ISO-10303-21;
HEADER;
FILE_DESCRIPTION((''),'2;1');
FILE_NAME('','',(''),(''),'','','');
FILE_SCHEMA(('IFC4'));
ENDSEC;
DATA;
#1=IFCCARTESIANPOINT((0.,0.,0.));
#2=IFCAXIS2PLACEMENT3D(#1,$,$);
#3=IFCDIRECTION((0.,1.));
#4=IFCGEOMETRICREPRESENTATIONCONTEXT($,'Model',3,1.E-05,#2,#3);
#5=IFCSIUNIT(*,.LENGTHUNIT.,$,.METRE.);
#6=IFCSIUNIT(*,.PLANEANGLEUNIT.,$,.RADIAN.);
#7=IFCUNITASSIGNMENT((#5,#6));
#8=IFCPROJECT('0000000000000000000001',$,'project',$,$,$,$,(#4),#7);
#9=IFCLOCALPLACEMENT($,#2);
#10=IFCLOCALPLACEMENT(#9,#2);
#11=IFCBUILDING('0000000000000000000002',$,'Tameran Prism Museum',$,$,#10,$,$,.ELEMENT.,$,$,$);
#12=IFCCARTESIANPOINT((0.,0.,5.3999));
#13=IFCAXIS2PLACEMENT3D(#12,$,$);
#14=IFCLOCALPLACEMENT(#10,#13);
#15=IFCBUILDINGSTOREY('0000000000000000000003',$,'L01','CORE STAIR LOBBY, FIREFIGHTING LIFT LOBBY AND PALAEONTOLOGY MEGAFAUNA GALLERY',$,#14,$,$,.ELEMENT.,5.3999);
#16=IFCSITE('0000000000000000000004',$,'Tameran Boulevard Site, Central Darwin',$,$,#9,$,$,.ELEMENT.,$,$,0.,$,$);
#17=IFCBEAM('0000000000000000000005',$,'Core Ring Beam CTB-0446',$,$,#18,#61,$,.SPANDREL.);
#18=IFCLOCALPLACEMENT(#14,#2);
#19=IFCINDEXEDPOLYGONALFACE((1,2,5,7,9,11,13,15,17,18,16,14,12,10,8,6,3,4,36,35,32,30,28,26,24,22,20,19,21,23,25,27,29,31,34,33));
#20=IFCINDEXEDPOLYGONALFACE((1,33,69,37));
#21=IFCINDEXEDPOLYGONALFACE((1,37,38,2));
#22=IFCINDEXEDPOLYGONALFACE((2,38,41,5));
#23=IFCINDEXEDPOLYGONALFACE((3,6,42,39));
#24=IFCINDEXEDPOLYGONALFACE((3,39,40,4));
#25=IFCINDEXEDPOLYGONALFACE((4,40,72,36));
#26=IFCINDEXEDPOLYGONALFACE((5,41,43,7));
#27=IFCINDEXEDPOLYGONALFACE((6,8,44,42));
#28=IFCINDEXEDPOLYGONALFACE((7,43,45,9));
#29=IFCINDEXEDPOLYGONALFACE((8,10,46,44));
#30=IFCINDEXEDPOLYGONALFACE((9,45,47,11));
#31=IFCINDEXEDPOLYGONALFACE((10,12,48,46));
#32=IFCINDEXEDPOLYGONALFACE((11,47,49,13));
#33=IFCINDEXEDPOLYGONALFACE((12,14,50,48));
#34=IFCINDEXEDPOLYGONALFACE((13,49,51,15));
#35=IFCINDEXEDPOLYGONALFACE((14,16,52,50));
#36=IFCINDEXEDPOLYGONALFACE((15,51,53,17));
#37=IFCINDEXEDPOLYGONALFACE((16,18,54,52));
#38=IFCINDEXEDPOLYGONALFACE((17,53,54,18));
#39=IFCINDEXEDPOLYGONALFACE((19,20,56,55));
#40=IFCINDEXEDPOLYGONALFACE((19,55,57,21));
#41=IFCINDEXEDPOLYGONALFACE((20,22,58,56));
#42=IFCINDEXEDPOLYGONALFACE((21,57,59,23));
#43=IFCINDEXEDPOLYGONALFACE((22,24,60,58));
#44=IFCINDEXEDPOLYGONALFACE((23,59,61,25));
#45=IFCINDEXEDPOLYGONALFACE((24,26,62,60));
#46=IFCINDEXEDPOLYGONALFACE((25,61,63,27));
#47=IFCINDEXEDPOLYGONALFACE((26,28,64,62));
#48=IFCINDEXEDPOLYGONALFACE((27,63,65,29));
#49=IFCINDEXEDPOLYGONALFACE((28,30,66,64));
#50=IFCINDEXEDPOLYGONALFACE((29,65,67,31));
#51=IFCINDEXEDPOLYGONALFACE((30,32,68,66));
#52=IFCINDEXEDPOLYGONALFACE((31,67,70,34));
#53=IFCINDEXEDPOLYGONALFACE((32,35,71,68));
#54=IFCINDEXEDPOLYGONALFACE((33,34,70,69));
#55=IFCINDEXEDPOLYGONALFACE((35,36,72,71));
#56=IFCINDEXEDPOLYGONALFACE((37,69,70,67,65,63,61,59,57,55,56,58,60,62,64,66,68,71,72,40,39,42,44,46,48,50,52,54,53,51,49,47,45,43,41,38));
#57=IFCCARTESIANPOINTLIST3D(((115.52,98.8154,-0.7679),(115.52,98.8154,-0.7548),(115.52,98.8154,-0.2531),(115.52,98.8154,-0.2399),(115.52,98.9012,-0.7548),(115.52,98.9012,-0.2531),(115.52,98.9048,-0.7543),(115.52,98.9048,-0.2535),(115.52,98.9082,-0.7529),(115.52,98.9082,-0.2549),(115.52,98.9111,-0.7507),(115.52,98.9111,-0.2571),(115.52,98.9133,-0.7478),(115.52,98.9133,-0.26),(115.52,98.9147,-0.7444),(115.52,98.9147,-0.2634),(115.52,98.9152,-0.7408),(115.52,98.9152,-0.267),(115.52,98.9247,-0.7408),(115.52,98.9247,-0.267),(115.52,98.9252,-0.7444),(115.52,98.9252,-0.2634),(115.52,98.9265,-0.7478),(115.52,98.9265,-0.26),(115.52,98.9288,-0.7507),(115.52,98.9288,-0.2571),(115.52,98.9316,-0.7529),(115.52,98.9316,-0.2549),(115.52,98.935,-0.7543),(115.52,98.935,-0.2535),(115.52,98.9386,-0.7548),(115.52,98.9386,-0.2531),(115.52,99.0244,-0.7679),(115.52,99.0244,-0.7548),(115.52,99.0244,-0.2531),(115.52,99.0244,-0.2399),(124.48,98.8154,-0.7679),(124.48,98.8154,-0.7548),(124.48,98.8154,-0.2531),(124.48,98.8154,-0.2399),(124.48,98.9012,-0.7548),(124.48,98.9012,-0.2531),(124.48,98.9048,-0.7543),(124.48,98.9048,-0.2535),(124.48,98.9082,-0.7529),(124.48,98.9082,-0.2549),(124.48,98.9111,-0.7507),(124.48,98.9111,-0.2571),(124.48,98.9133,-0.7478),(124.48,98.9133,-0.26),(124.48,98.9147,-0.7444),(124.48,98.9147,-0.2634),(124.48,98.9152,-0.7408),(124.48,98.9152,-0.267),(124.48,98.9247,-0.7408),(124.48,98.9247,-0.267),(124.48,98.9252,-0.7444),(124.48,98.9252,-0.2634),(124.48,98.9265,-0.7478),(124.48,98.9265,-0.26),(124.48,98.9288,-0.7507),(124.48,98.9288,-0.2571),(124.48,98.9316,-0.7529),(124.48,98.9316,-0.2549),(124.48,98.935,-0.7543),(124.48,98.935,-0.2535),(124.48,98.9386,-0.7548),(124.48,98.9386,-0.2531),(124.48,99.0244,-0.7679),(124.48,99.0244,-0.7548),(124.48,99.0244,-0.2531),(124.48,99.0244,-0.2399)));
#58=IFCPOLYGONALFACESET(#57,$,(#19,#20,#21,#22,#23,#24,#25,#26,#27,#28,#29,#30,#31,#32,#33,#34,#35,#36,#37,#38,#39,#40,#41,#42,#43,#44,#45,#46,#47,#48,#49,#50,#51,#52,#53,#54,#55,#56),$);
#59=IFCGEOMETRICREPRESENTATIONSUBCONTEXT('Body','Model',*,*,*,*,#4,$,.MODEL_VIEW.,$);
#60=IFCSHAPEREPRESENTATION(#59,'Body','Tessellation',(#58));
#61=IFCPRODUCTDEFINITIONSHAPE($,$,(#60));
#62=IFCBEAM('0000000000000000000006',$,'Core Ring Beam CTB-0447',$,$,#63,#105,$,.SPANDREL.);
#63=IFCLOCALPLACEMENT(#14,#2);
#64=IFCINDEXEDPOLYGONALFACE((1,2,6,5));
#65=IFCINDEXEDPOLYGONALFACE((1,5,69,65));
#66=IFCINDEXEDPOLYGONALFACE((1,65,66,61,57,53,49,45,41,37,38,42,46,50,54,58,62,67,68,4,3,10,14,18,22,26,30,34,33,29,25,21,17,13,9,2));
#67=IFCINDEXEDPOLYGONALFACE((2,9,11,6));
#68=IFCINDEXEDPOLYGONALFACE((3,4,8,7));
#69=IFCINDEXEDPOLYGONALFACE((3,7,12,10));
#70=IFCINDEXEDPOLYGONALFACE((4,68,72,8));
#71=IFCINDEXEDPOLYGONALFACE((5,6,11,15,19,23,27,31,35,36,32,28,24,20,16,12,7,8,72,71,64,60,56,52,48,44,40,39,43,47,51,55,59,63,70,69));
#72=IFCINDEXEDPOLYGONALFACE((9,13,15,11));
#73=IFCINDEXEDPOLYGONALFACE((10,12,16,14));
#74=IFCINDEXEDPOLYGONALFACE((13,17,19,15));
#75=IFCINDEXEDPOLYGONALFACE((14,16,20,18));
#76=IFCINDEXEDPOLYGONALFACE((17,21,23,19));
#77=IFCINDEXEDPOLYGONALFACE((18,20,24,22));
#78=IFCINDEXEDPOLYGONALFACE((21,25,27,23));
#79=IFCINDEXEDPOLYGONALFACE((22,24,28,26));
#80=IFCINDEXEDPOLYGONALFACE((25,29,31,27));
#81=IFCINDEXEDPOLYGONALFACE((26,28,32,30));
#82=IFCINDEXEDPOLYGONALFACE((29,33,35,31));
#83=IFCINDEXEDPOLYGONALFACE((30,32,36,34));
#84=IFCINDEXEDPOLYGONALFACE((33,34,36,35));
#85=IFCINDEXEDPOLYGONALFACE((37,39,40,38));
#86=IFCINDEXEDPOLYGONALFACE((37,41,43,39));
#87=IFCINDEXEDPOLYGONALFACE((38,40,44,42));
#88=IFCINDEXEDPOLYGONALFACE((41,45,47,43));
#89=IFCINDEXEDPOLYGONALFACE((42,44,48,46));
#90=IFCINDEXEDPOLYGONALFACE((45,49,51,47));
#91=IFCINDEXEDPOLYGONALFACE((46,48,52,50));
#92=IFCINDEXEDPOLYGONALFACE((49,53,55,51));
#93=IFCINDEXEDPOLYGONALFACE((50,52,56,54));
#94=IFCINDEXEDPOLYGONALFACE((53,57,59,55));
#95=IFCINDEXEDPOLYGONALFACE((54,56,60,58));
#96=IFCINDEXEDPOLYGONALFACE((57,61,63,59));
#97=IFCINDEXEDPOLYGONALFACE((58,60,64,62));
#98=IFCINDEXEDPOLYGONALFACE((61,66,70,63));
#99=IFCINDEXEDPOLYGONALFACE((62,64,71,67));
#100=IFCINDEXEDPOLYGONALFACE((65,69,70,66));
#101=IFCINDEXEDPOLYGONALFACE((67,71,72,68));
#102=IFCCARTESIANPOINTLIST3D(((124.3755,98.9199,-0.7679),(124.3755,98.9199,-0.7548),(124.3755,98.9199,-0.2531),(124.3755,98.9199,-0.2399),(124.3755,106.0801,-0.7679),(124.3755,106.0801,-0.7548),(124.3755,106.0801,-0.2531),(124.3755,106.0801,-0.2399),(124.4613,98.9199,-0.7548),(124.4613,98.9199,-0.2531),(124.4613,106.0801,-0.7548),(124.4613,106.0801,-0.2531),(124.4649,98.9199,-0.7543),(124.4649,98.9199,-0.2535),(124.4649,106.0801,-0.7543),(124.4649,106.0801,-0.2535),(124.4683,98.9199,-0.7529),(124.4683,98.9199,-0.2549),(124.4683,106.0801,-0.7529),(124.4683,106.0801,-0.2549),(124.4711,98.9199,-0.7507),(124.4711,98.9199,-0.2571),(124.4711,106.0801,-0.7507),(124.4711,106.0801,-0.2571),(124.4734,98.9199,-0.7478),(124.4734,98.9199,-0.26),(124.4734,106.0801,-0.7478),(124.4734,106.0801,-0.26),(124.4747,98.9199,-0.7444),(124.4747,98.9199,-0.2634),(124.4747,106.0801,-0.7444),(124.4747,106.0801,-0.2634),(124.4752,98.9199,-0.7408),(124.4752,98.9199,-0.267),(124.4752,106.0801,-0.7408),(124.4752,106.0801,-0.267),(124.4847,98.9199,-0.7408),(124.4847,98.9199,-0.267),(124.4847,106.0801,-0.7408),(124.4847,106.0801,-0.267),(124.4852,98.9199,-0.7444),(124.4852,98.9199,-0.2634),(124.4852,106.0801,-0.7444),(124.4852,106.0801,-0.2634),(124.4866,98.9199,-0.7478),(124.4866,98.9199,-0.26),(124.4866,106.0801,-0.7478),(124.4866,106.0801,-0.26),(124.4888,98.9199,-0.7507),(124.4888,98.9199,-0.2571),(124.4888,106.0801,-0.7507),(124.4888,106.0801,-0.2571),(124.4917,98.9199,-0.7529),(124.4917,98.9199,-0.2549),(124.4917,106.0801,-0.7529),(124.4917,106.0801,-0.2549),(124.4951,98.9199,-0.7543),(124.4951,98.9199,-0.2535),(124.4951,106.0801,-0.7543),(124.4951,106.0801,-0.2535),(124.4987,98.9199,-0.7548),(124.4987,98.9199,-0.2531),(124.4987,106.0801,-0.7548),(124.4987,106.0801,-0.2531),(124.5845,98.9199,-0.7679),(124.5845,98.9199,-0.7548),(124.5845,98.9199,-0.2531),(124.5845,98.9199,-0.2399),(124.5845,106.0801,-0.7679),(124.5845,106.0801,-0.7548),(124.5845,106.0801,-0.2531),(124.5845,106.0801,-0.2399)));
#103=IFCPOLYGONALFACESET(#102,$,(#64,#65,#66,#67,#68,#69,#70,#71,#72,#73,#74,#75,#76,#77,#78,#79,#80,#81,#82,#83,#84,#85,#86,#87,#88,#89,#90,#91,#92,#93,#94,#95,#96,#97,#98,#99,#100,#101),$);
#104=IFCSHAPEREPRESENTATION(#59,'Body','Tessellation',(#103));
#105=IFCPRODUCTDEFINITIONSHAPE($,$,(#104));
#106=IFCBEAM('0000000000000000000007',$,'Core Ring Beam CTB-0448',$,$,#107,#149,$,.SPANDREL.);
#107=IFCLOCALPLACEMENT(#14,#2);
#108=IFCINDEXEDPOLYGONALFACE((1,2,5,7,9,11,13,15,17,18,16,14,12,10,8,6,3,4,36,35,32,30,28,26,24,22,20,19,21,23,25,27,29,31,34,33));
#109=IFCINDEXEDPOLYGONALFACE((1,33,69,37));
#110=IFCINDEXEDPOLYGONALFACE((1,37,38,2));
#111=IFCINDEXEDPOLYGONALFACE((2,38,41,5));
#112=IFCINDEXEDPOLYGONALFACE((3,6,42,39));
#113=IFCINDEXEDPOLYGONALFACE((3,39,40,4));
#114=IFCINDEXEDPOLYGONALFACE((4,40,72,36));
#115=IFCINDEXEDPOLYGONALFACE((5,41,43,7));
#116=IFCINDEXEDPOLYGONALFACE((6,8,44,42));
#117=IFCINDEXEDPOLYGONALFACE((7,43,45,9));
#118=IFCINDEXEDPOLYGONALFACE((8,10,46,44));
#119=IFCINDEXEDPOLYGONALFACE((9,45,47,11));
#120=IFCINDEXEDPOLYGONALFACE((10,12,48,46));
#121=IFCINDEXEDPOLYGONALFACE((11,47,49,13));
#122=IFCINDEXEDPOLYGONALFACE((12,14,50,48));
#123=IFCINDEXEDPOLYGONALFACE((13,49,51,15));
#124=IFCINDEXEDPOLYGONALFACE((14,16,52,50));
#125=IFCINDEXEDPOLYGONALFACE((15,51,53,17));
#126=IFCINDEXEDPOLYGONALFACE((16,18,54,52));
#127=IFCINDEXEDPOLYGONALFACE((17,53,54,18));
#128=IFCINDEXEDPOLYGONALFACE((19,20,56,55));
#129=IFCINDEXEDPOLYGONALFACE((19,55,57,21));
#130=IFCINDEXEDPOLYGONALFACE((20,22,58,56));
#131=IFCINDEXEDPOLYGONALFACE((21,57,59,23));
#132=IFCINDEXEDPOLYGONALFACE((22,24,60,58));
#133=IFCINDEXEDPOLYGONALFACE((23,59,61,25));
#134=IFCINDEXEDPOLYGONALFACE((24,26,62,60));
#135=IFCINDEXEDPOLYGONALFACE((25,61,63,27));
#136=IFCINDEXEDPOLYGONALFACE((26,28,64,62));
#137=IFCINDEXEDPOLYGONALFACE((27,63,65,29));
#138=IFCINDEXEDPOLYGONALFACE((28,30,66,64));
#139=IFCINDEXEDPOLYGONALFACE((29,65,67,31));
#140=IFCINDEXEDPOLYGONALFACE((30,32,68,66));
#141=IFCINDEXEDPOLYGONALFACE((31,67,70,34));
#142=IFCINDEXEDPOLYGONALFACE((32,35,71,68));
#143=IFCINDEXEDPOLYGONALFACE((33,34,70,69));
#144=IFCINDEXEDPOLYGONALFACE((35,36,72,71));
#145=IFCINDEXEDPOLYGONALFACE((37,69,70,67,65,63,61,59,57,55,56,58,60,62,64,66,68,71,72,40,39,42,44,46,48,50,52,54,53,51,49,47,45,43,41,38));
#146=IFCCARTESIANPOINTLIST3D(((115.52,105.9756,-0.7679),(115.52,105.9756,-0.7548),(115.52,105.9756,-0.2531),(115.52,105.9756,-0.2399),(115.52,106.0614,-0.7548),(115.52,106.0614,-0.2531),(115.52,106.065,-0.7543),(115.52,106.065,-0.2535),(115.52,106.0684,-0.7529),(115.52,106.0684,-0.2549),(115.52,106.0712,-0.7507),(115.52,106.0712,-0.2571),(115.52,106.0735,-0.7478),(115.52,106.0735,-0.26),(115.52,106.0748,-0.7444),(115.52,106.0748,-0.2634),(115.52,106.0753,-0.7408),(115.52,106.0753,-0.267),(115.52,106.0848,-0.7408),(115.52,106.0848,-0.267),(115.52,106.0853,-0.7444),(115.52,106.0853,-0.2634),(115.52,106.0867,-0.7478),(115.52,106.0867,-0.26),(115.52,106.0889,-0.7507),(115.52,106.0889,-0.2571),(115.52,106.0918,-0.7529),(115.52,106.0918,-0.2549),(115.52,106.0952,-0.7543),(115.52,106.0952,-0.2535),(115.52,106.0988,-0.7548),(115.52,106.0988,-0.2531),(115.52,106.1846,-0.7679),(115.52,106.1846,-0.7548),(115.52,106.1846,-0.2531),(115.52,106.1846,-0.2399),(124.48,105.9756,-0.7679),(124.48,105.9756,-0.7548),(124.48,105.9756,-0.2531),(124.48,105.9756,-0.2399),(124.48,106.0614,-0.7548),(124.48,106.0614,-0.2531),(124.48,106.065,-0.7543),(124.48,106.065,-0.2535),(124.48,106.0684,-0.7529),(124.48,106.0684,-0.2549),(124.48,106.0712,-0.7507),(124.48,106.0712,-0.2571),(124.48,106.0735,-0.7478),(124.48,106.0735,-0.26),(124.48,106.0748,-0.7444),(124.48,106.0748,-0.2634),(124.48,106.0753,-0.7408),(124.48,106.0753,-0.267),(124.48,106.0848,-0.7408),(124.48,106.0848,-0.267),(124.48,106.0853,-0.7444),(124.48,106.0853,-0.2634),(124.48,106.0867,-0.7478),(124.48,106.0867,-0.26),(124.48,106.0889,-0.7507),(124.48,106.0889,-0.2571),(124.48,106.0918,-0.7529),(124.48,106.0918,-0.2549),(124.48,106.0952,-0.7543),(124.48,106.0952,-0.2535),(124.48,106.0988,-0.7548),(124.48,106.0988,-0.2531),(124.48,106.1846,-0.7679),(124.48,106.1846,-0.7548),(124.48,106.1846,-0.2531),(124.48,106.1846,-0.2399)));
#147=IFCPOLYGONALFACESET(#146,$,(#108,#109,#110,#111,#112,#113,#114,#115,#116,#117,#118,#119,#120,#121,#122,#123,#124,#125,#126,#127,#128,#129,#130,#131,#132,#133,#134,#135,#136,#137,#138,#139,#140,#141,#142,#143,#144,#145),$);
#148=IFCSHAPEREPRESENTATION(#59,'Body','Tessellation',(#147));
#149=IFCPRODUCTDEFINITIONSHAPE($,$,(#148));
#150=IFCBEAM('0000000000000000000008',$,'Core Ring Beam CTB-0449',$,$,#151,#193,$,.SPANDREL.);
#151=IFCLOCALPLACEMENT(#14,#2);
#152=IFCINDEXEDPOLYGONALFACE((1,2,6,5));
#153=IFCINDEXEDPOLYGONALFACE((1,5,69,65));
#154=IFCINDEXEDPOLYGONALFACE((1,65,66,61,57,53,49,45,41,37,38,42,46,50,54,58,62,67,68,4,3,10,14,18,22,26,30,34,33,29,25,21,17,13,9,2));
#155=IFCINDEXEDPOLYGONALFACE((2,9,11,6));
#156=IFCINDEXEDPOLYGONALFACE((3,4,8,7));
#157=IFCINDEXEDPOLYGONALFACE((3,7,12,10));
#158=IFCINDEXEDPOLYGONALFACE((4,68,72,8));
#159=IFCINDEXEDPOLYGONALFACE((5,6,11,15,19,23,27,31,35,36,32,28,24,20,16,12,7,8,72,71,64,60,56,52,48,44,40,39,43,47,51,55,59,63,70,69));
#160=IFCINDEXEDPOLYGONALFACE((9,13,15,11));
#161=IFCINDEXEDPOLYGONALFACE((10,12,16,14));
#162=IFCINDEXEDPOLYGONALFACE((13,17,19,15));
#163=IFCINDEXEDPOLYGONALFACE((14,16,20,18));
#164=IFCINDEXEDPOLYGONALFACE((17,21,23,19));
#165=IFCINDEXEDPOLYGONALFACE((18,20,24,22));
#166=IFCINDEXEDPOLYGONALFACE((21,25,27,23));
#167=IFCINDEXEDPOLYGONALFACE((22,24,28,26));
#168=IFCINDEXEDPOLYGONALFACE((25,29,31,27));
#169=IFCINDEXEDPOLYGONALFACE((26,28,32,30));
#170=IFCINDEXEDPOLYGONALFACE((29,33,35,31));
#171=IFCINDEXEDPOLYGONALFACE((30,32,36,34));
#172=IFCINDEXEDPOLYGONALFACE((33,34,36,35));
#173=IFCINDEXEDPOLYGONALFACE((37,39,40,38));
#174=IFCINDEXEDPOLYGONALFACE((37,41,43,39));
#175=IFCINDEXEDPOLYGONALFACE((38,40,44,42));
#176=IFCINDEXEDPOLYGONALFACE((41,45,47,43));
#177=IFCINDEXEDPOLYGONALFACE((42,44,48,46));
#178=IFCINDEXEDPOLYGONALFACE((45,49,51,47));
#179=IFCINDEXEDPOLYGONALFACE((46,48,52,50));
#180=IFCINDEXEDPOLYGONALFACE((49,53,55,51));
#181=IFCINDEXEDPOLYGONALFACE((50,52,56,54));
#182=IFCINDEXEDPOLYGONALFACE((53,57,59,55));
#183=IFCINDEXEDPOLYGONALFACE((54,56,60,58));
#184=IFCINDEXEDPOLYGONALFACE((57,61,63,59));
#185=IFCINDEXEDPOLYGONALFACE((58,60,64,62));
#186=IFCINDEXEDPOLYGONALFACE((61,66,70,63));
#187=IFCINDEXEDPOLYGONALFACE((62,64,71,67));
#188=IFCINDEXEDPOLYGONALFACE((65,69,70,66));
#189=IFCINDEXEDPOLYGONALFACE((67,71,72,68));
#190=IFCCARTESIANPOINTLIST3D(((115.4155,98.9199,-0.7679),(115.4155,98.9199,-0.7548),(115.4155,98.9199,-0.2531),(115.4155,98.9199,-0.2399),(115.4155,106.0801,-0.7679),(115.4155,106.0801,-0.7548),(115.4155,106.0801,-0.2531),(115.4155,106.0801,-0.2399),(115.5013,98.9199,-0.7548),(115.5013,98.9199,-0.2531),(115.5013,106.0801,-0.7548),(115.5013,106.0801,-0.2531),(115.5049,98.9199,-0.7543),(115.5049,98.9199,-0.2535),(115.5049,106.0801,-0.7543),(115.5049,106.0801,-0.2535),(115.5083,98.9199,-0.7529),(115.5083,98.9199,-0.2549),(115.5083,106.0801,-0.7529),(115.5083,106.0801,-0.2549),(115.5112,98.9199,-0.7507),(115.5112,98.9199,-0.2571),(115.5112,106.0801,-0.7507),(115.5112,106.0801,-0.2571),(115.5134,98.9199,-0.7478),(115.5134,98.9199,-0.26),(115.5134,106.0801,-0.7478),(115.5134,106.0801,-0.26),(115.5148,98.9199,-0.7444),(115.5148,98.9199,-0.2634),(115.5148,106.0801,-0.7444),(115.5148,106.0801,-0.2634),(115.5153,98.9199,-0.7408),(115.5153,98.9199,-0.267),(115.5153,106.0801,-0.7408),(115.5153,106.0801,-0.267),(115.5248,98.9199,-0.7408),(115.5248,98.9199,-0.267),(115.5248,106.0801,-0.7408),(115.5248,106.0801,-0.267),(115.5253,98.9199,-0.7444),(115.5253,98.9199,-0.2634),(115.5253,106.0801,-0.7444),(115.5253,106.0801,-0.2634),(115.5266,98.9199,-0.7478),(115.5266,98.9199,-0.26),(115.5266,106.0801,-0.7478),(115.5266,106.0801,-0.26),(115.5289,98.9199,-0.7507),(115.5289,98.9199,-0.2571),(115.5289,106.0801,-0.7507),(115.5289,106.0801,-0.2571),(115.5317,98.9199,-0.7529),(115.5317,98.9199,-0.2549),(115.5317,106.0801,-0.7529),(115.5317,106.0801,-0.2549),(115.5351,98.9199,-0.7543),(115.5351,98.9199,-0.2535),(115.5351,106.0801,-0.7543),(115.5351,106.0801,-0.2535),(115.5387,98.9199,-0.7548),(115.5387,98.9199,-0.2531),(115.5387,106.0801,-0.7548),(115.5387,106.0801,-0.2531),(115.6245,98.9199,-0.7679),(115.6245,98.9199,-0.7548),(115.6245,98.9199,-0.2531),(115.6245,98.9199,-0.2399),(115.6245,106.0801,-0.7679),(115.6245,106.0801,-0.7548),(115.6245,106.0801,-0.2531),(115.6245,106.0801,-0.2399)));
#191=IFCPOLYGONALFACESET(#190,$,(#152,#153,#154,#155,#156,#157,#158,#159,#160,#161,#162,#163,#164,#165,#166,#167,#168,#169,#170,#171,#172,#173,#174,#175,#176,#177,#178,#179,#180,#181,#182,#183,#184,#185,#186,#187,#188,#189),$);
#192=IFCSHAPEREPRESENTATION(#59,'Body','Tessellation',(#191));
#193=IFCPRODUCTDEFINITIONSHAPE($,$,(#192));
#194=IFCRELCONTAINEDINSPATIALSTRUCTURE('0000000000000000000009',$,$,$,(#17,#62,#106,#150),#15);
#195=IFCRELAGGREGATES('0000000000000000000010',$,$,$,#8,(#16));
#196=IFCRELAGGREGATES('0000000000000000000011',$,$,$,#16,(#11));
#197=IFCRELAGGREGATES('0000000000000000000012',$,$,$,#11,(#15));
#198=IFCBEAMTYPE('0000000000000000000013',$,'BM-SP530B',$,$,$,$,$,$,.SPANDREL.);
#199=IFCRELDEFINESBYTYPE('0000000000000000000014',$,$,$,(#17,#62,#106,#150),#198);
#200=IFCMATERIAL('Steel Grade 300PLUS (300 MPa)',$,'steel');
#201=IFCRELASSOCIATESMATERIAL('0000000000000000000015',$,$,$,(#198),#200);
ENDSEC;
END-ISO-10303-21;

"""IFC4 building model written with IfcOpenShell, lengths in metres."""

from ifc_helpers import new_model, si_unit, direction, frame, origin, origin_2d, place, context, subcontext, project, spatial, i_section, extrude, material, material_profile, profile_set, type_object, element, save


model = new_model("IFC4")

# Units and contexts
model_context = context("Model", 3, precision=1e-05, world=origin(), true_north=direction((0.0, 1.0)))
body_context = subcontext(model_context, "Body", "Model", "MODEL_VIEW")
ifc_project = project(units=[si_unit("LENGTHUNIT", "METRE"), si_unit("PLANEANGLEUNIT", "RADIAN")], contexts=[model_context])

# Site, building, storey
site_placement = place(None, origin())
site = spatial("IfcSite", under=ifc_project, at=site_placement, Name="Tameran Boulevard Site, Central Darwin", CompositionType="ELEMENT", RefElevation=0.0)
building_placement = place(site_placement, origin())
building = spatial("IfcBuilding", under=site, at=building_placement, Name="Tameran Prism Museum", CompositionType="ELEMENT")
storey_placement = place(building_placement, frame((0.0, 0.0, 5.3999)))
storey = spatial("IfcBuildingStorey", under=building, at=storey_placement, Name="L01", Description="CORE STAIR LOBBY, FIREFIGHTING LIFT LOBBY AND PALAEONTOLOGY MEGAFAUNA GALLERY", CompositionType="ELEMENT", Elevation=5.3999)

# Beams
ifc_material_1 = material(Name="Steel Grade 300PLUS (300 MPa)", Category="steel")
ifc_material_profile_1 = material_profile(ifc_material_1, i_section(OverallWidth=0.209, OverallDepth=0.5281, WebThickness=0.0095, FlangeThickness=0.0132, FilletRadius=0.0139, at=origin_2d()))
ifc_profile_set_1 = profile_set([ifc_material_profile_1])
beam_type_1 = type_object("IfcBeamType", Name="BM-SP530B", PredefinedType="SPANDREL", material=ifc_profile_set_1)
beam_1_placement = place(storey_placement, frame((115.52, 98.9199, -0.5039), z_axis=(1.0, 0.0, 0.0), x_axis=(0.0, 1.0, 0.0)))
element("IfcBeam", 1, at=beam_1_placement, inside=storey, type_object=beam_type_1, Name="Core Ring Beam CTB-0446", PredefinedType="SPANDREL", context=body_context, shape_type="SweptSolid", body=[
    extrude(i_section(OverallWidth=0.209, OverallDepth=0.5281, WebThickness=0.0095, FlangeThickness=0.0132, FilletRadius=0.0139, at=origin_2d()), origin(), (0.0, 0.0, 1.0), 8.96),
])
beam_2_placement = place(storey_placement, frame((124.48, 98.9199, -0.5039), z_axis=(0.0, 1.0, 0.0), x_axis=(-1.0, 0.0, 0.0)))
element("IfcBeam", 2, at=beam_2_placement, inside=storey, type_object=beam_type_1, Name="Core Ring Beam CTB-0447", PredefinedType="SPANDREL", context=body_context, shape_type="SweptSolid", body=[
    extrude(i_section(OverallWidth=0.209, OverallDepth=0.5281, WebThickness=0.0095, FlangeThickness=0.0132, FilletRadius=0.0139, at=origin_2d()), origin(), (0.0, 0.0, 1.0), 7.1602),
])
beam_3_placement = place(storey_placement, frame((124.48, 106.0801, -0.5039), z_axis=(-1.0, 0.0, 0.0), x_axis=(0.0, -1.0, 0.0)))
element("IfcBeam", 3, at=beam_3_placement, inside=storey, type_object=beam_type_1, Name="Core Ring Beam CTB-0448", PredefinedType="SPANDREL", context=body_context, shape_type="SweptSolid", body=[
    extrude(i_section(OverallWidth=0.209, OverallDepth=0.5281, WebThickness=0.0095, FlangeThickness=0.0132, FilletRadius=0.0139, at=origin_2d()), origin(), (0.0, 0.0, 1.0), 8.96),
])
beam_4_placement = place(storey_placement, frame((115.52, 106.0801, -0.5039), z_axis=(0.0, -1.0, 0.0), x_axis=(1.0, 0.0, 0.0)))
element("IfcBeam", 4, at=beam_4_placement, inside=storey, type_object=beam_type_1, Name="Core Ring Beam CTB-0449", PredefinedType="SPANDREL", context=body_context, shape_type="SweptSolid", body=[
    extrude(i_section(OverallWidth=0.209, OverallDepth=0.5281, WebThickness=0.0095, FlangeThickness=0.0132, FilletRadius=0.0139, at=origin_2d()), origin(), (0.0, 0.0, 1.0), 7.1602),
])

save(model, "model.ifc")
